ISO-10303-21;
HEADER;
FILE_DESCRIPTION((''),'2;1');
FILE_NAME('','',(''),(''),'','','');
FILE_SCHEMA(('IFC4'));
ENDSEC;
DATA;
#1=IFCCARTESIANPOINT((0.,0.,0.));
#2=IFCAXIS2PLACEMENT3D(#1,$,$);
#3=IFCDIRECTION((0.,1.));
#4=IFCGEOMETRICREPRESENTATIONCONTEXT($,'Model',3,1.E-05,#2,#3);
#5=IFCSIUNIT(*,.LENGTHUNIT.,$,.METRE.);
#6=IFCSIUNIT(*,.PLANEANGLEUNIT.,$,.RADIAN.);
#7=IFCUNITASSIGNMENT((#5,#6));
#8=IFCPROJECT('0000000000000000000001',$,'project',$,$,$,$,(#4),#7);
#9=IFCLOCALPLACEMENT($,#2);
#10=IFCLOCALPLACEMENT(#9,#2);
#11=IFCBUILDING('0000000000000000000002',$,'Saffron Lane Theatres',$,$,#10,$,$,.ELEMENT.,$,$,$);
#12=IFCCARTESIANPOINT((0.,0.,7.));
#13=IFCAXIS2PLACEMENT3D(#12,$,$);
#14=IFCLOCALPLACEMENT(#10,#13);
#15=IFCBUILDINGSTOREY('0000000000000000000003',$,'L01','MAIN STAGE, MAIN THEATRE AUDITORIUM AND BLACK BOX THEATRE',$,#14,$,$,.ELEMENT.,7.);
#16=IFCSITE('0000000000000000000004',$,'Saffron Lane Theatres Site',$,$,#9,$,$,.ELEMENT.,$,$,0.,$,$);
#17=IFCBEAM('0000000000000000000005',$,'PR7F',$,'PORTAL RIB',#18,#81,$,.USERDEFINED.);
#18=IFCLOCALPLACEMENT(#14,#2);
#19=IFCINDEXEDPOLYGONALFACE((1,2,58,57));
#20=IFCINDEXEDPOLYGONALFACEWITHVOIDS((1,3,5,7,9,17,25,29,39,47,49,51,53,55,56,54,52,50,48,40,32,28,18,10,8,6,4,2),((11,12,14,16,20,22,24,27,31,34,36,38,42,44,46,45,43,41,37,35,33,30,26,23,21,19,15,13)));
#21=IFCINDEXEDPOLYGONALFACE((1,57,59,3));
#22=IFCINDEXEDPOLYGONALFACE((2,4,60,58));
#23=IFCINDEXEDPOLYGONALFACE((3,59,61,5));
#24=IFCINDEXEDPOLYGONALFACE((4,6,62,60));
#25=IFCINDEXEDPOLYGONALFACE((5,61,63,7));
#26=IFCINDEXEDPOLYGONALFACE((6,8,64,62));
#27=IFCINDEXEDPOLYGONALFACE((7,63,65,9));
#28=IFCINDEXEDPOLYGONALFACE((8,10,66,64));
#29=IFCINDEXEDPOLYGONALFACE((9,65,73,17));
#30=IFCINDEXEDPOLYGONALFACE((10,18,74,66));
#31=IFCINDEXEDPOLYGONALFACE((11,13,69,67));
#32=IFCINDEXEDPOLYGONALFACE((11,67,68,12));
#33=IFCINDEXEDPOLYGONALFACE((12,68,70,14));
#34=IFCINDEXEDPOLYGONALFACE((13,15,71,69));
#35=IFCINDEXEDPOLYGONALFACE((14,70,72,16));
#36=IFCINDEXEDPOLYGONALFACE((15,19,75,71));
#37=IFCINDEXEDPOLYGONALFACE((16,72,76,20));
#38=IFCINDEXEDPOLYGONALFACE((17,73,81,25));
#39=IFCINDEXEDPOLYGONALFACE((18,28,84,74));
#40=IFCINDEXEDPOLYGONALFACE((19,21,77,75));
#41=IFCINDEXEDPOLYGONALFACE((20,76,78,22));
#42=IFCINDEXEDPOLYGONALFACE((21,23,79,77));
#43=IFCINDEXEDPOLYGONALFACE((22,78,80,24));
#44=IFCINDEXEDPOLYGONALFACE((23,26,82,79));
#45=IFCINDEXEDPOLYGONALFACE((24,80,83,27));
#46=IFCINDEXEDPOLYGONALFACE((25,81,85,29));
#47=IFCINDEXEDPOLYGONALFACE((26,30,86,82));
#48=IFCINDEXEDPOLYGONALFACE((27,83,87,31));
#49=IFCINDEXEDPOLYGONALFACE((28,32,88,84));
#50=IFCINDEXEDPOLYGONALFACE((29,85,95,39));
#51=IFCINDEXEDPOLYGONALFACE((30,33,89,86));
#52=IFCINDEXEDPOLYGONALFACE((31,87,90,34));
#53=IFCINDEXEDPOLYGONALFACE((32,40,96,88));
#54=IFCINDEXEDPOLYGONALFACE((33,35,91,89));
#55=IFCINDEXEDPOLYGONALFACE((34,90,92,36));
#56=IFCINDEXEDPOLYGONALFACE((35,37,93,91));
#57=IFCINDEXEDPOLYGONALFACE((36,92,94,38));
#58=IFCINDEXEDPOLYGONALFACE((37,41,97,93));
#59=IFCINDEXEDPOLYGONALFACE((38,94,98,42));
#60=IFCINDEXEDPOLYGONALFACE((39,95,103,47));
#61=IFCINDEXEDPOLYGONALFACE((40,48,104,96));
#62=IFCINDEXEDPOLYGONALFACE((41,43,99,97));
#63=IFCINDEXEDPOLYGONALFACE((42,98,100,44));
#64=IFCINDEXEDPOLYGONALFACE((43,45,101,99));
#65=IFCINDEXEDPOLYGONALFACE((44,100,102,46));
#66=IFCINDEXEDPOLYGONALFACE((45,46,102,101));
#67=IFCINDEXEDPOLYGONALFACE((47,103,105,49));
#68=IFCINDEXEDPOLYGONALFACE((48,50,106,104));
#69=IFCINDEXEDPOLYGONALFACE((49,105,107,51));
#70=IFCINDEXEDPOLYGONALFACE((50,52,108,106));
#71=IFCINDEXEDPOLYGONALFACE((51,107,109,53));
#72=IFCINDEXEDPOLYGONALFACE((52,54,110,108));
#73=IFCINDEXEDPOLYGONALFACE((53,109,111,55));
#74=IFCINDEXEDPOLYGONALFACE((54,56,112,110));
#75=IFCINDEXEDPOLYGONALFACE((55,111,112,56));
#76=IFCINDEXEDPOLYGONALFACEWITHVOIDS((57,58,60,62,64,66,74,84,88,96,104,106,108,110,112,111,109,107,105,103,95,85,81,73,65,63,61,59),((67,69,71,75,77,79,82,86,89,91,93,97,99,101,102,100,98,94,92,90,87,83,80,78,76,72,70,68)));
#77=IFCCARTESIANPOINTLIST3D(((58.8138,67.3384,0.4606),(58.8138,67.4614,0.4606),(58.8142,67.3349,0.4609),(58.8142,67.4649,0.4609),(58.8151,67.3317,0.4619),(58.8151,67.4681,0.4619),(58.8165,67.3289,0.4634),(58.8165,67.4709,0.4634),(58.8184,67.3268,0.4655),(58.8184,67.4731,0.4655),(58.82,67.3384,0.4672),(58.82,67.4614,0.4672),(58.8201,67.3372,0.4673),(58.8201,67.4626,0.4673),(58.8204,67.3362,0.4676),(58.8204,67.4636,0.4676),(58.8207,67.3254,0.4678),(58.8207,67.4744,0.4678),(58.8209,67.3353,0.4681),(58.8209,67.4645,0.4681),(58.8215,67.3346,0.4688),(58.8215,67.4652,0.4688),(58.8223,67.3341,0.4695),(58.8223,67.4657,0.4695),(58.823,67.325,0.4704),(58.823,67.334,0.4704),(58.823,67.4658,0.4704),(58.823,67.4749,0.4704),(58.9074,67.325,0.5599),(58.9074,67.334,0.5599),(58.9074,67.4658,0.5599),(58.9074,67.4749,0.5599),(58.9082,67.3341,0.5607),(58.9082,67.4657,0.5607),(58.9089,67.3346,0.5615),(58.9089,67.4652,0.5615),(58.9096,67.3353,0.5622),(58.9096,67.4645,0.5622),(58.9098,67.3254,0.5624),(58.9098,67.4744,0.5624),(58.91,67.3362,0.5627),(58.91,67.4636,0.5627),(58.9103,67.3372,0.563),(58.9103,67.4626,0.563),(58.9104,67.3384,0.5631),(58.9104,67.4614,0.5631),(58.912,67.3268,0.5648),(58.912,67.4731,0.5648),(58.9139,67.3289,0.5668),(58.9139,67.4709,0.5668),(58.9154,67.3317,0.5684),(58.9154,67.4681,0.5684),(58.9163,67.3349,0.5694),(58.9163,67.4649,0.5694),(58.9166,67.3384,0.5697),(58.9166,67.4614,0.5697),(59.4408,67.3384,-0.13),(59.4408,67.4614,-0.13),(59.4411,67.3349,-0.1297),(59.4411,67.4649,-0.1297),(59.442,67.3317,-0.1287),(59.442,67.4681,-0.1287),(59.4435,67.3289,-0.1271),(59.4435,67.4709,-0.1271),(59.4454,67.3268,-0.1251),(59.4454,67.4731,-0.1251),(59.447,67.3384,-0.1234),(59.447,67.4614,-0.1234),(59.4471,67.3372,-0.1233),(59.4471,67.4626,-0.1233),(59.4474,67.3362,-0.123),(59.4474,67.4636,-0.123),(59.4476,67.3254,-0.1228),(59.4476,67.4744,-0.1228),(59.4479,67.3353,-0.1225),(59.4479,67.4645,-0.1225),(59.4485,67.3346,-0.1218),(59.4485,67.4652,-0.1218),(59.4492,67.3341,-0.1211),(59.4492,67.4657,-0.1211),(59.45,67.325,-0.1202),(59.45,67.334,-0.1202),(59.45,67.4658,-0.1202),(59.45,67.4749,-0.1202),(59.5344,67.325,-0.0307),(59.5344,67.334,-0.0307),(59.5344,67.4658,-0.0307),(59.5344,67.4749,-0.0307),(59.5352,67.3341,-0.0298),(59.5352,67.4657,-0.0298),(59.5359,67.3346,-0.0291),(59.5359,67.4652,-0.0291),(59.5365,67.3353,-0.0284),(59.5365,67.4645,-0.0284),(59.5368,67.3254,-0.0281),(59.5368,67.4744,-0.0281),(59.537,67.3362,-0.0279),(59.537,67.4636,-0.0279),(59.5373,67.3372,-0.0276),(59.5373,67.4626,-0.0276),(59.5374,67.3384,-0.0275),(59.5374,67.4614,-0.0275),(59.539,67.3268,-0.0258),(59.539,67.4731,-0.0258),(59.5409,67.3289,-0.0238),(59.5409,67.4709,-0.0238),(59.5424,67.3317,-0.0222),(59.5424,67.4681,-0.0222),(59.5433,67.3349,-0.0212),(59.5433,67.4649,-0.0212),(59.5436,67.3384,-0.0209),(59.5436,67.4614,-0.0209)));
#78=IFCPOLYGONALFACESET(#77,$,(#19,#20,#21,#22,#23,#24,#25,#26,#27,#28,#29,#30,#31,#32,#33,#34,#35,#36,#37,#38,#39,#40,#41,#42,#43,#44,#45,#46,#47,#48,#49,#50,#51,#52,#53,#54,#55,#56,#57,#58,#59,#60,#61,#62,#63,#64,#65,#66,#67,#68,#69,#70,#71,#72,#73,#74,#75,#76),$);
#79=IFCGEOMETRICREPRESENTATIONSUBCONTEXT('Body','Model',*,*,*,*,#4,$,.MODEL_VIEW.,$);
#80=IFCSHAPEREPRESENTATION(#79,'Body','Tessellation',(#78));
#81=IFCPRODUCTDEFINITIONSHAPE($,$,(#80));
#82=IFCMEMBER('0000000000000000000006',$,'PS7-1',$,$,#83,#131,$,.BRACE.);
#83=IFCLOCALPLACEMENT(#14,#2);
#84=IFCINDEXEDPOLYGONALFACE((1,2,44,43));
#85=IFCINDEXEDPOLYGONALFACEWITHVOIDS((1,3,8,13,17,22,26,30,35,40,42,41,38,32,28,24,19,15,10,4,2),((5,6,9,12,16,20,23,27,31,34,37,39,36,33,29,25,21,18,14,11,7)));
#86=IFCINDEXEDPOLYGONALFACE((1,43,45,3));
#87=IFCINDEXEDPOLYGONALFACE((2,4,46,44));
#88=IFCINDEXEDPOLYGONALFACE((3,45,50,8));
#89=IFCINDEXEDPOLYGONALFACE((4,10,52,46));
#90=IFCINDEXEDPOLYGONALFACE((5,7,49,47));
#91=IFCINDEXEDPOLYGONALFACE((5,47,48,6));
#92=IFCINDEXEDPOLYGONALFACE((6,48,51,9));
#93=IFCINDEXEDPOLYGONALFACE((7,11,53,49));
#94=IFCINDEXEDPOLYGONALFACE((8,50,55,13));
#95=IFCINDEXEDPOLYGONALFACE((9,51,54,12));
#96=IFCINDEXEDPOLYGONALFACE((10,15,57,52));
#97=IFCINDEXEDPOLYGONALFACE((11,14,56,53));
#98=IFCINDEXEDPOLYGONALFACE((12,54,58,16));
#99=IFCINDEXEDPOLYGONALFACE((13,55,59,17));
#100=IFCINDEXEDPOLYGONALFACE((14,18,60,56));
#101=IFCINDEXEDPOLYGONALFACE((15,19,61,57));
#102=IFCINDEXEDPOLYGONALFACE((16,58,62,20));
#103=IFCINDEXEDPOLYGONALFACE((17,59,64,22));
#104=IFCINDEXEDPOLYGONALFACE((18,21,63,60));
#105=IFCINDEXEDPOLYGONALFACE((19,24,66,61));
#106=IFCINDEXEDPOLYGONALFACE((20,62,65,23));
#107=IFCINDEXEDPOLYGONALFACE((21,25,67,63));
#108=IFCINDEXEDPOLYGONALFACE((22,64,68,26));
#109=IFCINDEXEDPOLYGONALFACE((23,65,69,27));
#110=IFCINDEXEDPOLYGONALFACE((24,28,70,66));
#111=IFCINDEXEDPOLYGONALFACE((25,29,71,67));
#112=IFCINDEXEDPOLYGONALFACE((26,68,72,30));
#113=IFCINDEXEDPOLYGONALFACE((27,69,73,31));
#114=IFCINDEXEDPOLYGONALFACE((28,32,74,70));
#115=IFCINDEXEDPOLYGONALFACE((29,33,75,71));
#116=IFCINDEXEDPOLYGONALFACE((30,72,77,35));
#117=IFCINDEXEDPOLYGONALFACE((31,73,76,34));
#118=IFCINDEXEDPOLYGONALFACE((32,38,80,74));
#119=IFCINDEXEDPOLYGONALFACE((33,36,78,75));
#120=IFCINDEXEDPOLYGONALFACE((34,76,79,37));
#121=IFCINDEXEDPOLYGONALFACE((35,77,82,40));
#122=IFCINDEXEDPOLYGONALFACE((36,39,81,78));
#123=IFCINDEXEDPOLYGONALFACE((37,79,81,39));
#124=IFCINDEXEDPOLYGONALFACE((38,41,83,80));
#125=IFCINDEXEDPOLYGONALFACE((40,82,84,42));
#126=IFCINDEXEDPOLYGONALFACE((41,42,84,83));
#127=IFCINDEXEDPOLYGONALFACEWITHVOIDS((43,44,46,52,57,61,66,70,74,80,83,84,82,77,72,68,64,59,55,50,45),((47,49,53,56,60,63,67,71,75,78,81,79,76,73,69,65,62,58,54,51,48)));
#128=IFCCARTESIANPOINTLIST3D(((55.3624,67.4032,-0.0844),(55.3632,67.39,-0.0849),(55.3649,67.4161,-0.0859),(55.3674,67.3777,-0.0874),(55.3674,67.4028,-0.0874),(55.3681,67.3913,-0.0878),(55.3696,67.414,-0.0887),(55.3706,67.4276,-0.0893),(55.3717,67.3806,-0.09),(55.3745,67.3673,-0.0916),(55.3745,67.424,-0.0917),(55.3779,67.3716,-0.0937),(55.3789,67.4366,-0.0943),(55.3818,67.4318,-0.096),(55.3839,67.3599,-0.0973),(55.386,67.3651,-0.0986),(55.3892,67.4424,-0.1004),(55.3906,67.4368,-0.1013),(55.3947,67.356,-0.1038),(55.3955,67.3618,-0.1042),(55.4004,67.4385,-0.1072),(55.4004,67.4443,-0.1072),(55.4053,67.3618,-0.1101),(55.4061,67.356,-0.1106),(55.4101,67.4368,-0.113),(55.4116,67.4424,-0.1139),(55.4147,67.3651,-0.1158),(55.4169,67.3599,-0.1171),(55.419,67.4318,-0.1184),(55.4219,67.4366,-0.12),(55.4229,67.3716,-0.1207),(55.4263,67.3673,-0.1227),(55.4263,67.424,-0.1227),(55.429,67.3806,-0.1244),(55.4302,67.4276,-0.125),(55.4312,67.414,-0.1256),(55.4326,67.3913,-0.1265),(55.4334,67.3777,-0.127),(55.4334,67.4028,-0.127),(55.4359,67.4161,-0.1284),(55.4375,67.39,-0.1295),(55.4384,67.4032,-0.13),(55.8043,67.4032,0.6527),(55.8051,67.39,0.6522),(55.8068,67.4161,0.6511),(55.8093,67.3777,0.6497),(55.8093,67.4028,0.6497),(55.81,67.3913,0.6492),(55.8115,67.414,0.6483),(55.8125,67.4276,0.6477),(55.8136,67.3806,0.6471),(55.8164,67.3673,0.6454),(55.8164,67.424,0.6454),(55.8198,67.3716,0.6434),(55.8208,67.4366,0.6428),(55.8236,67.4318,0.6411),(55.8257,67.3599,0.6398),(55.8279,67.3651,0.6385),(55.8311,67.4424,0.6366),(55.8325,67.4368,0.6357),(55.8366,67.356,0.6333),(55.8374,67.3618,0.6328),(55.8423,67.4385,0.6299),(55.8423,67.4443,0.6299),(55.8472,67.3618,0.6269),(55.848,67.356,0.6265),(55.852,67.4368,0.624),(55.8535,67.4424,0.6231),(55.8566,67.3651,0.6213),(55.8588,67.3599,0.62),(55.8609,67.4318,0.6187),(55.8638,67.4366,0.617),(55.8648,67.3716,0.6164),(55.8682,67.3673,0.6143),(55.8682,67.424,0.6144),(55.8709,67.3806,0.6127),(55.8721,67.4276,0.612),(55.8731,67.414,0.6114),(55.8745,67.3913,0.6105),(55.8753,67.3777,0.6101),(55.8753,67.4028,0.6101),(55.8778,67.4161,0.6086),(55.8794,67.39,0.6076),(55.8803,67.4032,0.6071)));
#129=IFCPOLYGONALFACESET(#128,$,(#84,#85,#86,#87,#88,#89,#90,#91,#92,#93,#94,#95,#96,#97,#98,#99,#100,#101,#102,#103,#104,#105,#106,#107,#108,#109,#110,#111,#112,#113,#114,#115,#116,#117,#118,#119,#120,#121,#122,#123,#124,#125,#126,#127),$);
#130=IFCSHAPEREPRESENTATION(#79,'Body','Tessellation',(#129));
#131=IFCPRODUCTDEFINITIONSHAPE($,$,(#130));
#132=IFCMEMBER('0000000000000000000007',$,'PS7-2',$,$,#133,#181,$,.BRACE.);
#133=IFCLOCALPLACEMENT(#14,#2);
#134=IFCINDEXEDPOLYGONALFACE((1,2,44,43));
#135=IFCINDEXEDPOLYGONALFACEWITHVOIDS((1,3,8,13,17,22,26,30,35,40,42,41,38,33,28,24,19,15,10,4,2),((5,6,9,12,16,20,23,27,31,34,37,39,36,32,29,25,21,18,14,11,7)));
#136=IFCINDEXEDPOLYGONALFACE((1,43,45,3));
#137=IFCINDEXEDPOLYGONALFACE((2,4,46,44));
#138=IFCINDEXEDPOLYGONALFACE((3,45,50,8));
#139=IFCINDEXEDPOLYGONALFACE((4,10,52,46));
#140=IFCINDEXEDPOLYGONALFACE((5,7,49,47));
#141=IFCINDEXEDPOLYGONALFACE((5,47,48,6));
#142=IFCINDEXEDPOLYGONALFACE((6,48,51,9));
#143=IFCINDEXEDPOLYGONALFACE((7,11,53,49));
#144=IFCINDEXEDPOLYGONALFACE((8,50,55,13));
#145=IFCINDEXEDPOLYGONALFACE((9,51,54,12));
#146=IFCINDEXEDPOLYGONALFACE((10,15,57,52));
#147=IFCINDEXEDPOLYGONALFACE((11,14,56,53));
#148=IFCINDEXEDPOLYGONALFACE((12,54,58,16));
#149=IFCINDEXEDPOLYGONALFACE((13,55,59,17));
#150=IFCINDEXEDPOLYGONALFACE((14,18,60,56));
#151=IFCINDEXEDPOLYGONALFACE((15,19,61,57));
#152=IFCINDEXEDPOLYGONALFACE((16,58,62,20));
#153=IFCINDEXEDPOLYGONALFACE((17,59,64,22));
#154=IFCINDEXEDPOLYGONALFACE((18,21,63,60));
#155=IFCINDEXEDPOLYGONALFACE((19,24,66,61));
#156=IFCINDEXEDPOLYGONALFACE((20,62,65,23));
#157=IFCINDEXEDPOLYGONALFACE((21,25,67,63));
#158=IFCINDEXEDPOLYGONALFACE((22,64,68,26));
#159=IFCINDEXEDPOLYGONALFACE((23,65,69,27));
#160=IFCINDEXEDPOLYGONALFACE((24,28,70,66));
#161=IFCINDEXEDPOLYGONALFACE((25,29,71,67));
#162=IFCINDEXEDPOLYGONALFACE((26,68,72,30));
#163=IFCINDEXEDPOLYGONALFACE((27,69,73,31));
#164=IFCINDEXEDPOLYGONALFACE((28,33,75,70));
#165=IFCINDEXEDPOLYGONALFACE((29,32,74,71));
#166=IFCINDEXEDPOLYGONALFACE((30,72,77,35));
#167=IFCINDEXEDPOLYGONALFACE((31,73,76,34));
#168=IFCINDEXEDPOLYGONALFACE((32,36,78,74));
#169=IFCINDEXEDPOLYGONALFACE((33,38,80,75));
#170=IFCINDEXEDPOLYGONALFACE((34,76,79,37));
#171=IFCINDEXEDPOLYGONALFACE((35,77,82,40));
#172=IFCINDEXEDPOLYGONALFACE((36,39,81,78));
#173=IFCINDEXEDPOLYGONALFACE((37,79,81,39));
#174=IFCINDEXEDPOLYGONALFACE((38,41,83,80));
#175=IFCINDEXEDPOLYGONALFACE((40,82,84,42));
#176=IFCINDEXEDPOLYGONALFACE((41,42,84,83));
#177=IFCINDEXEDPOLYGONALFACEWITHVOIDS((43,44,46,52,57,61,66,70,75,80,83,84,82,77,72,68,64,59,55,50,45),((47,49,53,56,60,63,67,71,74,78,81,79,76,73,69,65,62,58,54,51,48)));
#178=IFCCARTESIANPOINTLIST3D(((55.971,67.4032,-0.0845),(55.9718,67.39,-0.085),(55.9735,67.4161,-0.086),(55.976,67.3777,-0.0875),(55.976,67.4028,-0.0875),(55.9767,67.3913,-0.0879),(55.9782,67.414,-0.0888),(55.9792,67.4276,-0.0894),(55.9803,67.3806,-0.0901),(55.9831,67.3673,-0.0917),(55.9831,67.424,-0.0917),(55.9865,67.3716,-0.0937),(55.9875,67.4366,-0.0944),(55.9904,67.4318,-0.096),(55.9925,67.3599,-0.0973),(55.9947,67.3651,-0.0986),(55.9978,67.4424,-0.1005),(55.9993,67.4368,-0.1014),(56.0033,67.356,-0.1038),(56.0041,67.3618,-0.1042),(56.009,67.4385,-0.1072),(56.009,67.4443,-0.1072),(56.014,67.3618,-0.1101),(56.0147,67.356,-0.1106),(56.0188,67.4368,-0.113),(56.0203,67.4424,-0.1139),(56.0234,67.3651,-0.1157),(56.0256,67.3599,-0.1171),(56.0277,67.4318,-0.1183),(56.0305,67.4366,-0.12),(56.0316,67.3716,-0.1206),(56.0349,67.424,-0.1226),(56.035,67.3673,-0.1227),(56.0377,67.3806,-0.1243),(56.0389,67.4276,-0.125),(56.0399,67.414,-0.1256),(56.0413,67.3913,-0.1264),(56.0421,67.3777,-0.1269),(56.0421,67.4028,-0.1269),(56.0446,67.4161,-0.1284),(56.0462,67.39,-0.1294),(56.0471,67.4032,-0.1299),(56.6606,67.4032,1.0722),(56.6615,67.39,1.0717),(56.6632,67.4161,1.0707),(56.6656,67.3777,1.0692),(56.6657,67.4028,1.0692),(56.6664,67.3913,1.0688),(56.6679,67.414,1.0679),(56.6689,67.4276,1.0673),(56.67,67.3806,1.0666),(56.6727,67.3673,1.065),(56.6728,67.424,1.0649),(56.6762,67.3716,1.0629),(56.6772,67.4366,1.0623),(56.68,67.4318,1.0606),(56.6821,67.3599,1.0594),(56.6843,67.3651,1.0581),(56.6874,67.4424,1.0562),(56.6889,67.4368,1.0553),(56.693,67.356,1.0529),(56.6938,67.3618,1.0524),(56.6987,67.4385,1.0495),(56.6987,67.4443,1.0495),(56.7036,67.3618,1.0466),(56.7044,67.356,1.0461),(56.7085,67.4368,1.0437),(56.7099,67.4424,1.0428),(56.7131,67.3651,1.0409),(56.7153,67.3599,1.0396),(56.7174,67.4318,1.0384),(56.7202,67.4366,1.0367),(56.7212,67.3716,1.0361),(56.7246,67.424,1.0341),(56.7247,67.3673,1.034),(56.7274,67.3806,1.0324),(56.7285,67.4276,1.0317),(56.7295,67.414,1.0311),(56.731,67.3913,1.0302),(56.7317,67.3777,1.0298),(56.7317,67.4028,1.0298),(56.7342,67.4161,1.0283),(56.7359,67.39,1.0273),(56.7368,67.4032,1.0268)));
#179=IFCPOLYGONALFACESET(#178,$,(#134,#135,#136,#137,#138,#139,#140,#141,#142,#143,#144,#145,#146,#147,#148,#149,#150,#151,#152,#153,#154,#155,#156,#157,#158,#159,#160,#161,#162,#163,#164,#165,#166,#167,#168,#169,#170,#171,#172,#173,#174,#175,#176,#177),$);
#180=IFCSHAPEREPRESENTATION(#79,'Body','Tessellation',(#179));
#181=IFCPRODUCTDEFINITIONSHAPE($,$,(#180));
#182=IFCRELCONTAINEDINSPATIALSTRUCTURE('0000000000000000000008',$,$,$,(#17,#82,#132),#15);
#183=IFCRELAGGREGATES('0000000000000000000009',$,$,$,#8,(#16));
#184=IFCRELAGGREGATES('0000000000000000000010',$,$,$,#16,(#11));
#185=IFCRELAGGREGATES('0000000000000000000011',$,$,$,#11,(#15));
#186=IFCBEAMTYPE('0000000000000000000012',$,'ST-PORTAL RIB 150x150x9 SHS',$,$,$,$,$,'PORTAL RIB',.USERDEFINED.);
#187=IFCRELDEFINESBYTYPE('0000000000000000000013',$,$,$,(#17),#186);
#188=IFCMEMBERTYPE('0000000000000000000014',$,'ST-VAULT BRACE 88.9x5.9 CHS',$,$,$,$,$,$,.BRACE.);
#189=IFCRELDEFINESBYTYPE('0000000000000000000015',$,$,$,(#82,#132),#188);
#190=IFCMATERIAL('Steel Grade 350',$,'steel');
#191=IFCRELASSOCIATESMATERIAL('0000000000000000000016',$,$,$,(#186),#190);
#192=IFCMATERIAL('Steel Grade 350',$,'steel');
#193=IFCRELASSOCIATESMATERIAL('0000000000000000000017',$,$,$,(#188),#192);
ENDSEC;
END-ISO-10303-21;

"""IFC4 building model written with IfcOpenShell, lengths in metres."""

from ifc_helpers import new_model, si_unit, direction, frame, origin, origin_2d, place, context, subcontext, project, spatial, hollow_rectangle, hollow_circle, extrude, material, material_profile, profile_set, type_object, element, save


model = new_model("IFC4")

# Units and contexts
model_context = context("Model", 3, precision=1e-05, world=origin(), true_north=direction((0.0, 1.0)))
body_context = subcontext(model_context, "Body", "Model", "MODEL_VIEW")
ifc_project = project(units=[si_unit("LENGTHUNIT", "METRE"), si_unit("PLANEANGLEUNIT", "RADIAN")], contexts=[model_context])

# Site, building, storey
site_placement = place(None, origin())
site = spatial("IfcSite", under=ifc_project, at=site_placement, Name="Saffron Lane Theatres Site", CompositionType="ELEMENT", RefElevation=0.0)
building_placement = place(site_placement, origin())
building = spatial("IfcBuilding", under=site, at=building_placement, Name="Saffron Lane Theatres", CompositionType="ELEMENT")
storey_placement = place(building_placement, frame((0.0, 0.0, 7.0)))
storey = spatial("IfcBuildingStorey", under=building, at=storey_placement, Name="L01", Description="MAIN STAGE, MAIN THEATRE AUDITORIUM AND BLACK BOX THEATRE", CompositionType="ELEMENT", Elevation=7.0)

# Beam
ifc_material_1 = material(Name="Steel Grade 350", Category="steel")
ifc_material_profile_1 = material_profile(ifc_material_1, hollow_rectangle(XDim=0.1499, YDim=0.1499, WallThickness=0.009, InnerFilletRadius=0.0044, OuterFilletRadius=0.0134, at=origin_2d()))
ifc_profile_set_1 = profile_set([ifc_material_profile_1], Name="Steel Grade 350")
beam_type_1 = type_object("IfcBeamType", Name="ST-PORTAL RIB 150x150x9 SHS", ElementType="PORTAL RIB", PredefinedType="USERDEFINED", material=ifc_profile_set_1)
beam_1_placement = place(storey_placement, frame((58.8652, 67.3999, 0.5151), z_axis=(0.727909, 0.0, -0.685674), x_axis=(0.0, 1.0, 0.0)))
element("IfcBeam", 1, at=beam_1_placement, inside=storey, type_object=beam_type_1, Name="PR7F", ObjectType="PORTAL RIB", PredefinedType="USERDEFINED", context=body_context, shape_type="SweptSolid", body=[
    extrude(hollow_rectangle(XDim=0.1499, YDim=0.1499, WallThickness=0.009, InnerFilletRadius=0.0044, OuterFilletRadius=0.0134, at=origin_2d()), origin(), (0.0, 0.0, 1.0), 0.8613),
])

# Members
ifc_material_2 = material(Name="Steel Grade 350", Category="steel")
ifc_material_profile_2 = material_profile(ifc_material_2, hollow_circle(Radius=0.0444, WallThickness=0.0059, at=origin_2d()))
ifc_profile_set_2 = profile_set([ifc_material_profile_2], Name="Steel Grade 350")
member_type_1 = type_object("IfcMemberType", Name="ST-VAULT BRACE 88.9x5.9 CHS", PredefinedType="BRACE", material=ifc_profile_set_2)
member_1_placement = place(storey_placement, frame((55.4004, 67.3999, -0.1072), z_axis=(0.514203, 0.0, 0.857668), x_axis=(0.0, 1.0, 0.0)))
element("IfcMember", 2, at=member_1_placement, inside=storey, type_object=member_type_1, Name="PS7-1", PredefinedType="BRACE", context=body_context, shape_type="SweptSolid", body=[
    extrude(hollow_circle(Radius=0.0444, WallThickness=0.0059, at=origin_2d()), origin(), (0.0, 0.0, 1.0), 0.8594),
])
member_2_placement = place(storey_placement, frame((56.009, 67.3999, -0.1072), z_axis=(0.512121, 0.0, 0.858913), x_axis=(0.0, 1.0, 0.0)))
element("IfcMember", 3, at=member_2_placement, inside=storey, type_object=member_type_1, Name="PS7-2", PredefinedType="BRACE", context=body_context, shape_type="SweptSolid", body=[
    extrude(hollow_circle(Radius=0.0444, WallThickness=0.0059, at=origin_2d()), origin(), (0.0, 0.0, 1.0), 1.3467),
])

save(model, "model.ifc")
